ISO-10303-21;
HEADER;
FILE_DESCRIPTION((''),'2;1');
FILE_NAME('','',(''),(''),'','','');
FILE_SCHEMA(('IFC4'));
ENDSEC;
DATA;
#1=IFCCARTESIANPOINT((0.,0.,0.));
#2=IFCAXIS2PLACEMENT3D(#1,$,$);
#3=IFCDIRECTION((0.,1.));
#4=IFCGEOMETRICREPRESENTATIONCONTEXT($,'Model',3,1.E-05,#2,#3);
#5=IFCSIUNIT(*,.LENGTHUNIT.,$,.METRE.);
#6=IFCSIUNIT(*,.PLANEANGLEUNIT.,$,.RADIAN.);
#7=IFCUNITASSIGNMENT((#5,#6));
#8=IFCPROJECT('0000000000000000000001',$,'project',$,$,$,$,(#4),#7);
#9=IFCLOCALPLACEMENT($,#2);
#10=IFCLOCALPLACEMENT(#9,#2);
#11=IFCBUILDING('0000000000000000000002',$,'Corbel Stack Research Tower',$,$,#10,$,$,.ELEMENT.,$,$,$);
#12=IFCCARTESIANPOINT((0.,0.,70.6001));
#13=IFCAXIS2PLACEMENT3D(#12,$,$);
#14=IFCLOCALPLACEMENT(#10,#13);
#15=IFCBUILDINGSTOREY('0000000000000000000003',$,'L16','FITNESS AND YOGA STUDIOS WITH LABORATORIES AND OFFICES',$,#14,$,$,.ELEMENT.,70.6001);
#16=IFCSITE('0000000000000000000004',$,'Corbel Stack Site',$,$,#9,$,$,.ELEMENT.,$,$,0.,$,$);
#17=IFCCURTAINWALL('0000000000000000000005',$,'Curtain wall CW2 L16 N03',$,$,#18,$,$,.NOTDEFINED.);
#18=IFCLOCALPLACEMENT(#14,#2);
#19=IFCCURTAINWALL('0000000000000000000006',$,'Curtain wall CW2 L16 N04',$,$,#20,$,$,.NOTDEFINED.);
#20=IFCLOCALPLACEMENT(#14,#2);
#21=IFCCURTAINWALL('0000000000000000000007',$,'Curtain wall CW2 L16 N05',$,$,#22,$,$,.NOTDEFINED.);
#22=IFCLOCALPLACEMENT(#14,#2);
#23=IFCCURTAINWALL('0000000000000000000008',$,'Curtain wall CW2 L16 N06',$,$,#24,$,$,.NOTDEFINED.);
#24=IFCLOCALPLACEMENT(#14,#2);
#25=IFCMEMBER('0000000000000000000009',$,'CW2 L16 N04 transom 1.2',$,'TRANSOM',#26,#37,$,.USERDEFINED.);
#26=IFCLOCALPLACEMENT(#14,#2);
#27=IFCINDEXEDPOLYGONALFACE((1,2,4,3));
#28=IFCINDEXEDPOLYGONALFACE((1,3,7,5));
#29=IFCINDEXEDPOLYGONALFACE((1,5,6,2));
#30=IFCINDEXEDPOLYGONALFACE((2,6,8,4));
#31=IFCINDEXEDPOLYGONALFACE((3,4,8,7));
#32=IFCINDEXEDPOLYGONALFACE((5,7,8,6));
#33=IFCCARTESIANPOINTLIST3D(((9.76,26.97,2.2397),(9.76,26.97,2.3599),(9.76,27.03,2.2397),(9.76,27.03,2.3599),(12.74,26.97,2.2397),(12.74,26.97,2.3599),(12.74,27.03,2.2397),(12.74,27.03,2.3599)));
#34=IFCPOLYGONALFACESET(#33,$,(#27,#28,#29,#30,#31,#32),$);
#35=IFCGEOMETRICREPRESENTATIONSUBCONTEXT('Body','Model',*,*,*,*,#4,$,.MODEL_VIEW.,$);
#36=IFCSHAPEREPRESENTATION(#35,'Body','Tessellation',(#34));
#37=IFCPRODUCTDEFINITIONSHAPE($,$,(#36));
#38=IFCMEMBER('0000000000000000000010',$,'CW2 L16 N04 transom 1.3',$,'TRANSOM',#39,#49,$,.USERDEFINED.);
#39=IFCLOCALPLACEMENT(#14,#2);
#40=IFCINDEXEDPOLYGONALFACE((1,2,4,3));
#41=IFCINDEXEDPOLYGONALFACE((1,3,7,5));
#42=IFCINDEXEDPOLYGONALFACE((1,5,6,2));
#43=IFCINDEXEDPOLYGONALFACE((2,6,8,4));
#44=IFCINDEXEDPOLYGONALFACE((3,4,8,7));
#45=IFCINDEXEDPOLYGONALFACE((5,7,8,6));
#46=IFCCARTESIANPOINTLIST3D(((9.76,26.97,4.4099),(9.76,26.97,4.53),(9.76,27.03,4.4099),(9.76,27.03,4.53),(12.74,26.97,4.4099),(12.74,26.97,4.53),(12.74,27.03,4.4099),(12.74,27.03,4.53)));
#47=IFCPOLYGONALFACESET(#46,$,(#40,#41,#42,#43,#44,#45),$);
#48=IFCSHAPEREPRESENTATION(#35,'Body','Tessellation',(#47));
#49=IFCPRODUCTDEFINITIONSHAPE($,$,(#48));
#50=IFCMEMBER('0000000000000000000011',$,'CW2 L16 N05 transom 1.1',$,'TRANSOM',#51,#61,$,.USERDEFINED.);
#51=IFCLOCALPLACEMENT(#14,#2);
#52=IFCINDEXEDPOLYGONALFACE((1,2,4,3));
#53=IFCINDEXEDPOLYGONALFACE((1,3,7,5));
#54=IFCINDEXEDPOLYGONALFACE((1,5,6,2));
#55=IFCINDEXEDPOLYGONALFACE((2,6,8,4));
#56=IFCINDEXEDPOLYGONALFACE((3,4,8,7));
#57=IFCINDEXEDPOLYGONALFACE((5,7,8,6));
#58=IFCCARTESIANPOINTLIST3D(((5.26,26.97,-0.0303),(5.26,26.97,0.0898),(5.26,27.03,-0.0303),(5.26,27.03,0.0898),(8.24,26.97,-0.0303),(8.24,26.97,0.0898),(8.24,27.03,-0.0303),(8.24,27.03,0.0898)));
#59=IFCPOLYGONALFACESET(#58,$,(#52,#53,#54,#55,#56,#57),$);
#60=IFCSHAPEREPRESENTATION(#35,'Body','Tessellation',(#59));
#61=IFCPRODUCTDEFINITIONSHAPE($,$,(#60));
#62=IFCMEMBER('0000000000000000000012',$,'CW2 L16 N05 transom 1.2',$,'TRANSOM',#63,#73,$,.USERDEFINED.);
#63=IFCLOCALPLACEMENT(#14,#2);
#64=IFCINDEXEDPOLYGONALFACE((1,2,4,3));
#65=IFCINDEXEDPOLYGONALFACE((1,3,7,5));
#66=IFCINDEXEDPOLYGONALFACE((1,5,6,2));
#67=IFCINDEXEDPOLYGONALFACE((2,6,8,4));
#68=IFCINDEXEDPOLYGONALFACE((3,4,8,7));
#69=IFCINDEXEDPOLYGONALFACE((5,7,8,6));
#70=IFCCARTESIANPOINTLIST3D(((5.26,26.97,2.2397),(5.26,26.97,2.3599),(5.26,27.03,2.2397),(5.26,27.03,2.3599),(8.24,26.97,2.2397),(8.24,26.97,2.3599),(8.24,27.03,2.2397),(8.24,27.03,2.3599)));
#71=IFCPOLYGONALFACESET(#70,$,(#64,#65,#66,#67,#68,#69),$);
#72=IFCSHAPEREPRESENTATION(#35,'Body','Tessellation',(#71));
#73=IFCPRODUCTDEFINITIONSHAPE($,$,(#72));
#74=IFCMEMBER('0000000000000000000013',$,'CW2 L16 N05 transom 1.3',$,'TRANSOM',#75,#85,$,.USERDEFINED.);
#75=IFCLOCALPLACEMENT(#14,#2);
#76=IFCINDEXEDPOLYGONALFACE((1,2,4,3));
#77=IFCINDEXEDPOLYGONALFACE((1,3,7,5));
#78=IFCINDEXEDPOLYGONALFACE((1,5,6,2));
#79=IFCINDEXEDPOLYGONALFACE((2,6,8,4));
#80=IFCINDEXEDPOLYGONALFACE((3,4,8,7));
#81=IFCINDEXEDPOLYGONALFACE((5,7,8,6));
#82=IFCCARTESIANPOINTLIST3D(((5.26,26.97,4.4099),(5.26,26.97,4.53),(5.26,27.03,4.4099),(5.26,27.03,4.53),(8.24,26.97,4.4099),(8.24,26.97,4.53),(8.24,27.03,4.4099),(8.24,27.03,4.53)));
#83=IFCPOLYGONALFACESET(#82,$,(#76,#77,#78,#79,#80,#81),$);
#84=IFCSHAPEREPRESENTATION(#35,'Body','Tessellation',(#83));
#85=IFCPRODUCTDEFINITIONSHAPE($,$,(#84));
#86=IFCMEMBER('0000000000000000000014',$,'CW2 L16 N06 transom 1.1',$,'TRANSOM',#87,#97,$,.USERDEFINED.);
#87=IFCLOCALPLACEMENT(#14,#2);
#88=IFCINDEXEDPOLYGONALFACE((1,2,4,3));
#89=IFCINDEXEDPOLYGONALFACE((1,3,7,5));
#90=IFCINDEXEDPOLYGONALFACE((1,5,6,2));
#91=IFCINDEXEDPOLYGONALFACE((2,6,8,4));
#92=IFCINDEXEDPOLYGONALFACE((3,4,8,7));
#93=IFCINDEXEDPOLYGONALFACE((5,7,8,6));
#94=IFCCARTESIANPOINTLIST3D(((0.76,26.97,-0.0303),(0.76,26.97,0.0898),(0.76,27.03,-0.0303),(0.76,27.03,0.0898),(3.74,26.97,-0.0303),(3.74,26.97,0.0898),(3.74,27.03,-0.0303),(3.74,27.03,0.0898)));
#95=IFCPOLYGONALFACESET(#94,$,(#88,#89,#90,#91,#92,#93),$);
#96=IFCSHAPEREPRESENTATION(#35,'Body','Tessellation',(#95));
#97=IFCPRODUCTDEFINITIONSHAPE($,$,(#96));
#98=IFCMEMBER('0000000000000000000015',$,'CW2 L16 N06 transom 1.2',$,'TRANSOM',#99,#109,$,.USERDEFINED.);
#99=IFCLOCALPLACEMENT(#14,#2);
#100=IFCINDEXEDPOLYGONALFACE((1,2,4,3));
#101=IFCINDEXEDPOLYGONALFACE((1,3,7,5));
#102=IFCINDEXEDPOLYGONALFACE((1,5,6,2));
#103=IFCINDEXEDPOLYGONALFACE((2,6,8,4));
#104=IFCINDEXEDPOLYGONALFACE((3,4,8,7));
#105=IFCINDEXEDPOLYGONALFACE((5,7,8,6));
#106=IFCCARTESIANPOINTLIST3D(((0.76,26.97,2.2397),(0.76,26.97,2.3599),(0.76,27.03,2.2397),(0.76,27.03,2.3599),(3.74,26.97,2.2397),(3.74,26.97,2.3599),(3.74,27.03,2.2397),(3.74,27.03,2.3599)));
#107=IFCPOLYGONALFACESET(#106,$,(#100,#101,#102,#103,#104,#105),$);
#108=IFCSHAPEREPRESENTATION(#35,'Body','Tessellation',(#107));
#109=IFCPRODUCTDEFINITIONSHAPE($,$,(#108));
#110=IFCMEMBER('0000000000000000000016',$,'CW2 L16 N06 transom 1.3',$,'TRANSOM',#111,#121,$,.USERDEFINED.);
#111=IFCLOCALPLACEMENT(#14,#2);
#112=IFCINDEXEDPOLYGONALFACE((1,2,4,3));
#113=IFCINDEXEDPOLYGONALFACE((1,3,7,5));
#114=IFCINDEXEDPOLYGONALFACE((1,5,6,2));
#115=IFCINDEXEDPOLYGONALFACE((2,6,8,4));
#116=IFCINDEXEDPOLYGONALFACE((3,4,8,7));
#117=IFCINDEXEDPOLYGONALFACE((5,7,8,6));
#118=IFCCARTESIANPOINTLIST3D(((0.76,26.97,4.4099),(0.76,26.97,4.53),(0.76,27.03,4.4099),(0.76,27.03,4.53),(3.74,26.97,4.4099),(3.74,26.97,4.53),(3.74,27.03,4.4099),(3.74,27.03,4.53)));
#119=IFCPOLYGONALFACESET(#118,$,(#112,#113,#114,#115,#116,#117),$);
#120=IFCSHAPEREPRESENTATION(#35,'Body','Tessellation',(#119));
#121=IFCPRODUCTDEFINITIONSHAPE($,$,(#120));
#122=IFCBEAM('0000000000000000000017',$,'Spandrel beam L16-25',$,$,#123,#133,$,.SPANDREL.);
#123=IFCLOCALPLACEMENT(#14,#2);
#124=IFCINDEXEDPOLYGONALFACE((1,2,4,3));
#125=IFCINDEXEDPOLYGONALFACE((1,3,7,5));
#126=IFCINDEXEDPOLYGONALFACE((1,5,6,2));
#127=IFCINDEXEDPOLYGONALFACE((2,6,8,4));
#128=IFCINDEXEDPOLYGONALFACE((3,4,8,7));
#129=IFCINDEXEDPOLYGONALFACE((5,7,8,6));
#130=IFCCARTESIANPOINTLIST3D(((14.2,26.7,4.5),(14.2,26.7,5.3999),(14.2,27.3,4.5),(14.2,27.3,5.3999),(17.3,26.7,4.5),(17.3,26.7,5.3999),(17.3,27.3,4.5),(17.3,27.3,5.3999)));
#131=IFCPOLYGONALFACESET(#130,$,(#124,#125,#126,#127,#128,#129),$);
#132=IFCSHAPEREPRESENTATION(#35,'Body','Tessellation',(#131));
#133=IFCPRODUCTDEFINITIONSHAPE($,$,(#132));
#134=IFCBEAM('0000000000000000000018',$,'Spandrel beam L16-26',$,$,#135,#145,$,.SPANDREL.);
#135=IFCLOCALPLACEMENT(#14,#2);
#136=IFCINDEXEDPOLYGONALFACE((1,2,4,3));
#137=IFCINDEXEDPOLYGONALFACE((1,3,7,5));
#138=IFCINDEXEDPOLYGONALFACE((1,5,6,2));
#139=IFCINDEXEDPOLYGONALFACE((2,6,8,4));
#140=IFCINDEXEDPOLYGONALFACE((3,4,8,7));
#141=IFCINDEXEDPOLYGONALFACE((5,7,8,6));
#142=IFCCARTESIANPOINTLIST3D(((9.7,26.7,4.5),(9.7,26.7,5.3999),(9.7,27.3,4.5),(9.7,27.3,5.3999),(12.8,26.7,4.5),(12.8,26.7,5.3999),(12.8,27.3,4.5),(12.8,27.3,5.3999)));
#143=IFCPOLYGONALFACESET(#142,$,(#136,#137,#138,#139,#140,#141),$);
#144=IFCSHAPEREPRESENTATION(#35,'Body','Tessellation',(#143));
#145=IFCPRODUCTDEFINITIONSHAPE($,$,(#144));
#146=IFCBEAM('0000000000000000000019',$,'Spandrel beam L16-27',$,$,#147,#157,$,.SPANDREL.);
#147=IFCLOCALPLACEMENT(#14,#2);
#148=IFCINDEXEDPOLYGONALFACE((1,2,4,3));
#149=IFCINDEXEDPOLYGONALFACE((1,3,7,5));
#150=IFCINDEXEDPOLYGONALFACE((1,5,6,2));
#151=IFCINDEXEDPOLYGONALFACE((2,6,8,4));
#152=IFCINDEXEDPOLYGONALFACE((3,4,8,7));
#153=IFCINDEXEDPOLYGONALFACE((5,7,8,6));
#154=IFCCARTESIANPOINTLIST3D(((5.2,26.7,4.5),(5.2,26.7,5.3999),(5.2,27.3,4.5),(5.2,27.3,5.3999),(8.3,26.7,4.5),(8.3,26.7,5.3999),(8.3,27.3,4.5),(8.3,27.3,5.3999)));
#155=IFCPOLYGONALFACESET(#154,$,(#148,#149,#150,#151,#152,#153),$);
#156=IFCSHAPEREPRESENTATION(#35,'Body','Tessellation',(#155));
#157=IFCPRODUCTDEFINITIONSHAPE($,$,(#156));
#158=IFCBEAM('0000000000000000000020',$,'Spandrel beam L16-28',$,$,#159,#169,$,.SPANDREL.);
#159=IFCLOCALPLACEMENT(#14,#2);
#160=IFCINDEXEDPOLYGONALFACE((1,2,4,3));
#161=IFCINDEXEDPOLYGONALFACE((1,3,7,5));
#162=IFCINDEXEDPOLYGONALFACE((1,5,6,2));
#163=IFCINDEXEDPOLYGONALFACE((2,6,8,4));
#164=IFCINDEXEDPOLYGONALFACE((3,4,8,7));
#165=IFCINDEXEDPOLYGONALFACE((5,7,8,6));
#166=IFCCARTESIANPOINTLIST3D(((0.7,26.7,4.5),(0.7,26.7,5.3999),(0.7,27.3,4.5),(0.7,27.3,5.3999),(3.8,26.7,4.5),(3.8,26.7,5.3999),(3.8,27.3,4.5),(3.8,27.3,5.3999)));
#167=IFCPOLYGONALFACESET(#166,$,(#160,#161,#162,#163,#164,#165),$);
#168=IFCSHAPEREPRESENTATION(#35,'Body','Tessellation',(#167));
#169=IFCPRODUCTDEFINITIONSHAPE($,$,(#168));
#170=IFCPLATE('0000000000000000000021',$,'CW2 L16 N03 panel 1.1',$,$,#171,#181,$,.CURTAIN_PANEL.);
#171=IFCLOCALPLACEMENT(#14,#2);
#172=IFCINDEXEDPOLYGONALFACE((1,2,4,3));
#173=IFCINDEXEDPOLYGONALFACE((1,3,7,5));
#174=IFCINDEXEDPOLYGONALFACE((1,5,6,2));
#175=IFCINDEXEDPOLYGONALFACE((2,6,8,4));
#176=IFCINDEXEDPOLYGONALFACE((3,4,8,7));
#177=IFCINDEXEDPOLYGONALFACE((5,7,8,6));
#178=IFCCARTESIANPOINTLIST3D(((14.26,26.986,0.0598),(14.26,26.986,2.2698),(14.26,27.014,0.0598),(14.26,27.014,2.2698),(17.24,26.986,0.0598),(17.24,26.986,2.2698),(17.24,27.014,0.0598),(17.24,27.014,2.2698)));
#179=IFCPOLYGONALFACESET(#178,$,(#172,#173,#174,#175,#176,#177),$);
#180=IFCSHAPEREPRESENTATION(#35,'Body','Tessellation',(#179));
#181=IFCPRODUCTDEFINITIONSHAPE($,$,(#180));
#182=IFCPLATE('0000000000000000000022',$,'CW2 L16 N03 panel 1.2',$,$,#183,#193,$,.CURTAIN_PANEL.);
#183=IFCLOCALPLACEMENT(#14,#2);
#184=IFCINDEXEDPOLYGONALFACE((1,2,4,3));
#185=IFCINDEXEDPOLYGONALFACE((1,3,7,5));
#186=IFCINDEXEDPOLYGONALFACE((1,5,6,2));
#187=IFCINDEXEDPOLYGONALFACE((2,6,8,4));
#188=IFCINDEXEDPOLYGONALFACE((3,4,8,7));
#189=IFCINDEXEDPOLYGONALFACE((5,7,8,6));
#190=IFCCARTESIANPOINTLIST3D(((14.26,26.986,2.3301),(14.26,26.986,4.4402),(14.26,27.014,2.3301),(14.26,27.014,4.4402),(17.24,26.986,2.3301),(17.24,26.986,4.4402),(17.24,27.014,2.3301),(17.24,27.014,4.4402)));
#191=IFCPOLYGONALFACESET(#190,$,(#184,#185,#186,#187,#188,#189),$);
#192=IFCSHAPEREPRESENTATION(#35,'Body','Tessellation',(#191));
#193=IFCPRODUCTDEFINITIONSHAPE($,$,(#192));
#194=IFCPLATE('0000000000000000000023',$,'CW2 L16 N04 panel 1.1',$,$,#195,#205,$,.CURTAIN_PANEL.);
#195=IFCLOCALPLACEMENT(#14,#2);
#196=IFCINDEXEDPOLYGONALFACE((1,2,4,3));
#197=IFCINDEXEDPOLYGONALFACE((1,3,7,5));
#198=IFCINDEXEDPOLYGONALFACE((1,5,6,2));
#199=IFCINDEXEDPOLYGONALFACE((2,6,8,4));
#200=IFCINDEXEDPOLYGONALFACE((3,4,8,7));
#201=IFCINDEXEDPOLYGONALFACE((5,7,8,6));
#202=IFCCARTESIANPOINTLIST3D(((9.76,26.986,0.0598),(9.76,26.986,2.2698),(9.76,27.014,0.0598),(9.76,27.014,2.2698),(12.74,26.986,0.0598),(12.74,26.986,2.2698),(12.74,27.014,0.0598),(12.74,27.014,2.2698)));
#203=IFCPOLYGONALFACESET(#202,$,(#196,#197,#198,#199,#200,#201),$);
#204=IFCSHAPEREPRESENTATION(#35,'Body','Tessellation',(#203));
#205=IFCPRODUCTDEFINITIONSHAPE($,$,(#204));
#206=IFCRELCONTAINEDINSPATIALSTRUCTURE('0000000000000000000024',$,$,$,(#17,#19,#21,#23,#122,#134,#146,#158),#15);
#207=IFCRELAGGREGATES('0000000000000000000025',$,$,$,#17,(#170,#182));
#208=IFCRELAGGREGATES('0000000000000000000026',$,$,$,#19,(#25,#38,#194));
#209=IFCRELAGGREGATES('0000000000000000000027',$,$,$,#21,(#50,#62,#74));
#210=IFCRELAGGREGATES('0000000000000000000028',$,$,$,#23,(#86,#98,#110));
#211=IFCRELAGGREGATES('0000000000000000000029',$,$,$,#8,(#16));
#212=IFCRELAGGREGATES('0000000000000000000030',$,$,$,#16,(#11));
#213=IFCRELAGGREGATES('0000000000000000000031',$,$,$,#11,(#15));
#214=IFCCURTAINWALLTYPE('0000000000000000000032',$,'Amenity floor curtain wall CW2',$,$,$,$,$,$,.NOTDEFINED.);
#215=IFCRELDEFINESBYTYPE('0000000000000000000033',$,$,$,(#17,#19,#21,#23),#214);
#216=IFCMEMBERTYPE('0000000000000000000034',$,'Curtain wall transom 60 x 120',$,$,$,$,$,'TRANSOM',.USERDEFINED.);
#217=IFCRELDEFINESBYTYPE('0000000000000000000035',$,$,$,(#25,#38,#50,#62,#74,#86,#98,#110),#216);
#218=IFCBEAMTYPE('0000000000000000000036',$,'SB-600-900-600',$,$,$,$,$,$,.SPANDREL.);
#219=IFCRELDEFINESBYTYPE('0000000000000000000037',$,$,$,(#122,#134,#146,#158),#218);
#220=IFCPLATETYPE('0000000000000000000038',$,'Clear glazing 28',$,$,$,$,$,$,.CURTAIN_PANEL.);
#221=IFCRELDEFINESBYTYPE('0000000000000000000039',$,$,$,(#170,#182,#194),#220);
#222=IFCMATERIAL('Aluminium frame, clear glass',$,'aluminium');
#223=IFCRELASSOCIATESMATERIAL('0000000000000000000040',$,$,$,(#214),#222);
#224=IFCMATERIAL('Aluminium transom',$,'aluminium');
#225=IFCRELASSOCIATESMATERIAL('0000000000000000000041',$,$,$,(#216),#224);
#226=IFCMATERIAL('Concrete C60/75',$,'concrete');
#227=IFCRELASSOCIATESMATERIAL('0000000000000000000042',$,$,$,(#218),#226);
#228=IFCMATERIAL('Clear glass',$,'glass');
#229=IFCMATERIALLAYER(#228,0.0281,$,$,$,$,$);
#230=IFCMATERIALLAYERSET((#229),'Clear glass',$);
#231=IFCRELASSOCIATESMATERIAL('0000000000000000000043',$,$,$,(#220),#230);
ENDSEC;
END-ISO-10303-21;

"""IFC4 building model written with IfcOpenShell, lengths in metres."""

from ifc_helpers import new_model, si_unit, direction, frame, origin, origin_2d, place, context, subcontext, project, spatial, rectangle, extrude, material, layer, layer_set, material_profile, profile_set, type_object, element, aggregate, save


model = new_model("IFC4")

# Units and contexts
model_context = context("Model", 3, precision=1e-05, world=origin(), true_north=direction((0.0, 1.0)))
body_context = subcontext(model_context, "Body", "Model", "MODEL_VIEW")
ifc_project = project(units=[si_unit("LENGTHUNIT", "METRE"), si_unit("PLANEANGLEUNIT", "RADIAN")], contexts=[model_context])

# Site, building, storey
site_placement = place(None, origin())
site = spatial("IfcSite", under=ifc_project, at=site_placement, Name="Corbel Stack Site", CompositionType="ELEMENT", RefElevation=0.0)
building_placement = place(site_placement, origin())
building = spatial("IfcBuilding", under=site, at=building_placement, Name="Corbel Stack Research Tower", CompositionType="ELEMENT")
storey_placement = place(building_placement, frame((0.0, 0.0, 70.6001)))
storey = spatial("IfcBuildingStorey", under=building, at=storey_placement, Name="L16", Description="FITNESS AND YOGA STUDIOS WITH LABORATORIES AND OFFICES", CompositionType="ELEMENT", Elevation=70.6001)

# Curtain walls
ifc_material_1 = material(Name="Aluminium frame, clear glass", Category="aluminium")
curtain_wall_type = type_object("IfcCurtainWallType", Name="Amenity floor curtain wall CW2", PredefinedType="NOTDEFINED", material=ifc_material_1)
curtain_wall_1_placement = place(storey_placement, origin())
curtain_wall_1 = element("IfcCurtainWall", 1, at=curtain_wall_1_placement, inside=storey, type_object=curtain_wall_type, Name="Curtain wall CW2 L16 N03", PredefinedType="NOTDEFINED")
curtain_wall_2_placement = place(storey_placement, origin())
curtain_wall_2 = element("IfcCurtainWall", 2, at=curtain_wall_2_placement, inside=storey, type_object=curtain_wall_type, Name="Curtain wall CW2 L16 N04", PredefinedType="NOTDEFINED")
curtain_wall_3_placement = place(storey_placement, origin())
curtain_wall_3 = element("IfcCurtainWall", 3, at=curtain_wall_3_placement, inside=storey, type_object=curtain_wall_type, Name="Curtain wall CW2 L16 N05", PredefinedType="NOTDEFINED")

# Curtain wall
curtain_wall_4_placement = place(storey_placement, origin())
curtain_wall_4 = element("IfcCurtainWall", 4, at=curtain_wall_4_placement, inside=storey, type_object=curtain_wall_type, Name="Curtain wall CW2 L16 N06", PredefinedType="NOTDEFINED")

# Members
ifc_material_2 = material(Name="Aluminium transom", Category="aluminium")
ifc_material_profile_1 = material_profile(ifc_material_2, rectangle(XDim=0.0601, YDim=0.1201, at=origin_2d()), Name="Transom 60 x 120")
ifc_profile_set_1 = profile_set([ifc_material_profile_1], Name="Aluminium transom")
member_type_1 = type_object("IfcMemberType", Name="Curtain wall transom 60 x 120", ElementType="TRANSOM", PredefinedType="USERDEFINED", material=ifc_profile_set_1)
member_1_placement = place(storey_placement, frame((12.74, 27.0, 2.2998), z_axis=(-1.0, 0.0, 0.0), x_axis=(0.0, -1.0, 0.0)))
member_1 = element("IfcMember", 5, at=member_1_placement, type_object=member_type_1, Name="CW2 L16 N04 transom 1.2", ObjectType="TRANSOM", PredefinedType="USERDEFINED", context=body_context, shape_type="SweptSolid", body=[
    extrude(rectangle(XDim=0.0601, YDim=0.1201, at=origin_2d()), origin(), (0.0, 0.0, 1.0), 2.98),
])
member_2_placement = place(storey_placement, frame((12.74, 27.0, 4.47), z_axis=(-1.0, 0.0, 0.0), x_axis=(0.0, -1.0, 0.0)))
member_2 = element("IfcMember", 6, at=member_2_placement, type_object=member_type_1, Name="CW2 L16 N04 transom 1.3", ObjectType="TRANSOM", PredefinedType="USERDEFINED", context=body_context, shape_type="SweptSolid", body=[
    extrude(rectangle(XDim=0.0601, YDim=0.1201, at=origin_2d()), origin(), (0.0, 0.0, 1.0), 2.98),
])
member_3_placement = place(storey_placement, frame((8.24, 27.0, 0.0298), z_axis=(-1.0, 0.0, 0.0), x_axis=(0.0, -1.0, 0.0)))
member_3 = element("IfcMember", 7, at=member_3_placement, type_object=member_type_1, Name="CW2 L16 N05 transom 1.1", ObjectType="TRANSOM", PredefinedType="USERDEFINED", context=body_context, shape_type="SweptSolid", body=[
    extrude(rectangle(XDim=0.0601, YDim=0.1201, at=origin_2d()), origin(), (0.0, 0.0, 1.0), 2.98),
])
member_4_placement = place(storey_placement, frame((8.24, 27.0, 2.2998), z_axis=(-1.0, 0.0, 0.0), x_axis=(0.0, -1.0, 0.0)))
member_4 = element("IfcMember", 8, at=member_4_placement, type_object=member_type_1, Name="CW2 L16 N05 transom 1.2", ObjectType="TRANSOM", PredefinedType="USERDEFINED", context=body_context, shape_type="SweptSolid", body=[
    extrude(rectangle(XDim=0.0601, YDim=0.1201, at=origin_2d()), origin(), (0.0, 0.0, 1.0), 2.98),
])
member_5_placement = place(storey_placement, frame((8.24, 27.0, 4.47), z_axis=(-1.0, 0.0, 0.0), x_axis=(0.0, -1.0, 0.0)))
member_5 = element("IfcMember", 9, at=member_5_placement, type_object=member_type_1, Name="CW2 L16 N05 transom 1.3", ObjectType="TRANSOM", PredefinedType="USERDEFINED", context=body_context, shape_type="SweptSolid", body=[
    extrude(rectangle(XDim=0.0601, YDim=0.1201, at=origin_2d()), origin(), (0.0, 0.0, 1.0), 2.98),
])
member_6_placement = place(storey_placement, frame((3.74, 27.0, 0.0298), z_axis=(-1.0, 0.0, 0.0), x_axis=(0.0, -1.0, 0.0)))
member_6 = element("IfcMember", 10, at=member_6_placement, type_object=member_type_1, Name="CW2 L16 N06 transom 1.1", ObjectType="TRANSOM", PredefinedType="USERDEFINED", context=body_context, shape_type="SweptSolid", body=[
    extrude(rectangle(XDim=0.0601, YDim=0.1201, at=origin_2d()), origin(), (0.0, 0.0, 1.0), 2.98),
])
member_7_placement = place(storey_placement, frame((3.74, 27.0, 2.2998), z_axis=(-1.0, 0.0, 0.0), x_axis=(0.0, -1.0, 0.0)))
member_7 = element("IfcMember", 11, at=member_7_placement, type_object=member_type_1, Name="CW2 L16 N06 transom 1.2", ObjectType="TRANSOM", PredefinedType="USERDEFINED", context=body_context, shape_type="SweptSolid", body=[
    extrude(rectangle(XDim=0.0601, YDim=0.1201, at=origin_2d()), origin(), (0.0, 0.0, 1.0), 2.98),
])
member_8_placement = place(storey_placement, frame((3.74, 27.0, 4.47), z_axis=(-1.0, 0.0, 0.0), x_axis=(0.0, -1.0, 0.0)))
member_8 = element("IfcMember", 12, at=member_8_placement, type_object=member_type_1, Name="CW2 L16 N06 transom 1.3", ObjectType="TRANSOM", PredefinedType="USERDEFINED", context=body_context, shape_type="SweptSolid", body=[
    extrude(rectangle(XDim=0.0601, YDim=0.1201, at=origin_2d()), origin(), (0.0, 0.0, 1.0), 2.98),
])

# Beams
ifc_material_3 = material(Name="Concrete C60/75", Category="concrete")
ifc_material_profile_2 = material_profile(ifc_material_3, rectangle(XDim=0.6001, YDim=0.8999, at=origin_2d()), Name="RC 600 x 900")
ifc_profile_set_2 = profile_set([ifc_material_profile_2], Name="Concrete C60/75")
beam_type = type_object("IfcBeamType", Name="SB-600-900-600", PredefinedType="SPANDREL", material=ifc_profile_set_2)
for number, where, z_axis, x_axis, name in (
    (13, (17.3, 27.0, 4.95), (-1.0, 0.0, 0.0), (0.0, -1.0, 0.0), "Spandrel beam L16-25"),
    (14, (12.8, 27.0, 4.95), (-1.0, 0.0, 0.0), (0.0, -1.0, 0.0), "Spandrel beam L16-26"),
    (15, (8.3, 27.0, 4.95), (-1.0, 0.0, 0.0), (0.0, -1.0, 0.0), "Spandrel beam L16-27"),
    (16, (3.8, 27.0, 4.95), (-1.0, 0.0, 0.0), (0.0, -1.0, 0.0), "Spandrel beam L16-28"),
):
    element("IfcBeam", number, at=place(storey_placement, frame(where, z_axis=z_axis, x_axis=x_axis)), inside=storey, type_object=beam_type, Name=name, PredefinedType="SPANDREL", context=body_context, shape_type="SweptSolid", body=[
        extrude(rectangle(XDim=0.6001, YDim=0.8999, at=origin_2d()), origin(), (0.0, 0.0, 1.0), 3.1001),
    ])

# Plates
ifc_material_4 = material(Name="Clear glass", Category="glass")
ifc_layer = layer(ifc_material_4, 0.0281)
ifc_layer_set = layer_set([ifc_layer], Name="Clear glass")
plate_type = type_object("IfcPlateType", Name="Clear glazing 28", PredefinedType="CURTAIN_PANEL", material=ifc_layer_set)
plate_1_placement = place(storey_placement, frame((15.75, 27.0, 0.0598), z_axis=(0.0, 0.0, 1.0), x_axis=(-1.0, 0.0, 0.0)))
plate_1 = element("IfcPlate", 17, at=plate_1_placement, type_object=plate_type, Name="CW2 L16 N03 panel 1.1", PredefinedType="CURTAIN_PANEL", context=body_context, shape_type="SweptSolid", body=[
    extrude(rectangle(XDim=2.98, YDim=0.0281, at=origin_2d()), origin(), (0.0, 0.0, 1.0), 2.21),
])
plate_2_placement = place(storey_placement, frame((15.75, 27.0, 2.3301), z_axis=(0.0, 0.0, 1.0), x_axis=(-1.0, 0.0, 0.0)))
plate_2 = element("IfcPlate", 18, at=plate_2_placement, type_object=plate_type, Name="CW2 L16 N03 panel 1.2", PredefinedType="CURTAIN_PANEL", context=body_context, shape_type="SweptSolid", body=[
    extrude(rectangle(XDim=2.98, YDim=0.0281, at=origin_2d()), origin(), (0.0, 0.0, 1.0), 2.1101),
])
aggregate(curtain_wall_1, [plate_1, plate_2])
plate_3_placement = place(storey_placement, frame((11.25, 27.0, 0.0598), z_axis=(0.0, 0.0, 1.0), x_axis=(-1.0, 0.0, 0.0)))
plate_3 = element("IfcPlate", 19, at=plate_3_placement, type_object=plate_type, Name="CW2 L16 N04 panel 1.1", PredefinedType="CURTAIN_PANEL", context=body_context, shape_type="SweptSolid", body=[
    extrude(rectangle(XDim=2.98, YDim=0.0281, at=origin_2d()), origin(), (0.0, 0.0, 1.0), 2.21),
])
aggregate(curtain_wall_2, [member_1, member_2, plate_3])
aggregate(curtain_wall_3, [member_3, member_4, member_5])
aggregate(curtain_wall_4, [member_6, member_7, member_8])

save(model, "model.ifc")
